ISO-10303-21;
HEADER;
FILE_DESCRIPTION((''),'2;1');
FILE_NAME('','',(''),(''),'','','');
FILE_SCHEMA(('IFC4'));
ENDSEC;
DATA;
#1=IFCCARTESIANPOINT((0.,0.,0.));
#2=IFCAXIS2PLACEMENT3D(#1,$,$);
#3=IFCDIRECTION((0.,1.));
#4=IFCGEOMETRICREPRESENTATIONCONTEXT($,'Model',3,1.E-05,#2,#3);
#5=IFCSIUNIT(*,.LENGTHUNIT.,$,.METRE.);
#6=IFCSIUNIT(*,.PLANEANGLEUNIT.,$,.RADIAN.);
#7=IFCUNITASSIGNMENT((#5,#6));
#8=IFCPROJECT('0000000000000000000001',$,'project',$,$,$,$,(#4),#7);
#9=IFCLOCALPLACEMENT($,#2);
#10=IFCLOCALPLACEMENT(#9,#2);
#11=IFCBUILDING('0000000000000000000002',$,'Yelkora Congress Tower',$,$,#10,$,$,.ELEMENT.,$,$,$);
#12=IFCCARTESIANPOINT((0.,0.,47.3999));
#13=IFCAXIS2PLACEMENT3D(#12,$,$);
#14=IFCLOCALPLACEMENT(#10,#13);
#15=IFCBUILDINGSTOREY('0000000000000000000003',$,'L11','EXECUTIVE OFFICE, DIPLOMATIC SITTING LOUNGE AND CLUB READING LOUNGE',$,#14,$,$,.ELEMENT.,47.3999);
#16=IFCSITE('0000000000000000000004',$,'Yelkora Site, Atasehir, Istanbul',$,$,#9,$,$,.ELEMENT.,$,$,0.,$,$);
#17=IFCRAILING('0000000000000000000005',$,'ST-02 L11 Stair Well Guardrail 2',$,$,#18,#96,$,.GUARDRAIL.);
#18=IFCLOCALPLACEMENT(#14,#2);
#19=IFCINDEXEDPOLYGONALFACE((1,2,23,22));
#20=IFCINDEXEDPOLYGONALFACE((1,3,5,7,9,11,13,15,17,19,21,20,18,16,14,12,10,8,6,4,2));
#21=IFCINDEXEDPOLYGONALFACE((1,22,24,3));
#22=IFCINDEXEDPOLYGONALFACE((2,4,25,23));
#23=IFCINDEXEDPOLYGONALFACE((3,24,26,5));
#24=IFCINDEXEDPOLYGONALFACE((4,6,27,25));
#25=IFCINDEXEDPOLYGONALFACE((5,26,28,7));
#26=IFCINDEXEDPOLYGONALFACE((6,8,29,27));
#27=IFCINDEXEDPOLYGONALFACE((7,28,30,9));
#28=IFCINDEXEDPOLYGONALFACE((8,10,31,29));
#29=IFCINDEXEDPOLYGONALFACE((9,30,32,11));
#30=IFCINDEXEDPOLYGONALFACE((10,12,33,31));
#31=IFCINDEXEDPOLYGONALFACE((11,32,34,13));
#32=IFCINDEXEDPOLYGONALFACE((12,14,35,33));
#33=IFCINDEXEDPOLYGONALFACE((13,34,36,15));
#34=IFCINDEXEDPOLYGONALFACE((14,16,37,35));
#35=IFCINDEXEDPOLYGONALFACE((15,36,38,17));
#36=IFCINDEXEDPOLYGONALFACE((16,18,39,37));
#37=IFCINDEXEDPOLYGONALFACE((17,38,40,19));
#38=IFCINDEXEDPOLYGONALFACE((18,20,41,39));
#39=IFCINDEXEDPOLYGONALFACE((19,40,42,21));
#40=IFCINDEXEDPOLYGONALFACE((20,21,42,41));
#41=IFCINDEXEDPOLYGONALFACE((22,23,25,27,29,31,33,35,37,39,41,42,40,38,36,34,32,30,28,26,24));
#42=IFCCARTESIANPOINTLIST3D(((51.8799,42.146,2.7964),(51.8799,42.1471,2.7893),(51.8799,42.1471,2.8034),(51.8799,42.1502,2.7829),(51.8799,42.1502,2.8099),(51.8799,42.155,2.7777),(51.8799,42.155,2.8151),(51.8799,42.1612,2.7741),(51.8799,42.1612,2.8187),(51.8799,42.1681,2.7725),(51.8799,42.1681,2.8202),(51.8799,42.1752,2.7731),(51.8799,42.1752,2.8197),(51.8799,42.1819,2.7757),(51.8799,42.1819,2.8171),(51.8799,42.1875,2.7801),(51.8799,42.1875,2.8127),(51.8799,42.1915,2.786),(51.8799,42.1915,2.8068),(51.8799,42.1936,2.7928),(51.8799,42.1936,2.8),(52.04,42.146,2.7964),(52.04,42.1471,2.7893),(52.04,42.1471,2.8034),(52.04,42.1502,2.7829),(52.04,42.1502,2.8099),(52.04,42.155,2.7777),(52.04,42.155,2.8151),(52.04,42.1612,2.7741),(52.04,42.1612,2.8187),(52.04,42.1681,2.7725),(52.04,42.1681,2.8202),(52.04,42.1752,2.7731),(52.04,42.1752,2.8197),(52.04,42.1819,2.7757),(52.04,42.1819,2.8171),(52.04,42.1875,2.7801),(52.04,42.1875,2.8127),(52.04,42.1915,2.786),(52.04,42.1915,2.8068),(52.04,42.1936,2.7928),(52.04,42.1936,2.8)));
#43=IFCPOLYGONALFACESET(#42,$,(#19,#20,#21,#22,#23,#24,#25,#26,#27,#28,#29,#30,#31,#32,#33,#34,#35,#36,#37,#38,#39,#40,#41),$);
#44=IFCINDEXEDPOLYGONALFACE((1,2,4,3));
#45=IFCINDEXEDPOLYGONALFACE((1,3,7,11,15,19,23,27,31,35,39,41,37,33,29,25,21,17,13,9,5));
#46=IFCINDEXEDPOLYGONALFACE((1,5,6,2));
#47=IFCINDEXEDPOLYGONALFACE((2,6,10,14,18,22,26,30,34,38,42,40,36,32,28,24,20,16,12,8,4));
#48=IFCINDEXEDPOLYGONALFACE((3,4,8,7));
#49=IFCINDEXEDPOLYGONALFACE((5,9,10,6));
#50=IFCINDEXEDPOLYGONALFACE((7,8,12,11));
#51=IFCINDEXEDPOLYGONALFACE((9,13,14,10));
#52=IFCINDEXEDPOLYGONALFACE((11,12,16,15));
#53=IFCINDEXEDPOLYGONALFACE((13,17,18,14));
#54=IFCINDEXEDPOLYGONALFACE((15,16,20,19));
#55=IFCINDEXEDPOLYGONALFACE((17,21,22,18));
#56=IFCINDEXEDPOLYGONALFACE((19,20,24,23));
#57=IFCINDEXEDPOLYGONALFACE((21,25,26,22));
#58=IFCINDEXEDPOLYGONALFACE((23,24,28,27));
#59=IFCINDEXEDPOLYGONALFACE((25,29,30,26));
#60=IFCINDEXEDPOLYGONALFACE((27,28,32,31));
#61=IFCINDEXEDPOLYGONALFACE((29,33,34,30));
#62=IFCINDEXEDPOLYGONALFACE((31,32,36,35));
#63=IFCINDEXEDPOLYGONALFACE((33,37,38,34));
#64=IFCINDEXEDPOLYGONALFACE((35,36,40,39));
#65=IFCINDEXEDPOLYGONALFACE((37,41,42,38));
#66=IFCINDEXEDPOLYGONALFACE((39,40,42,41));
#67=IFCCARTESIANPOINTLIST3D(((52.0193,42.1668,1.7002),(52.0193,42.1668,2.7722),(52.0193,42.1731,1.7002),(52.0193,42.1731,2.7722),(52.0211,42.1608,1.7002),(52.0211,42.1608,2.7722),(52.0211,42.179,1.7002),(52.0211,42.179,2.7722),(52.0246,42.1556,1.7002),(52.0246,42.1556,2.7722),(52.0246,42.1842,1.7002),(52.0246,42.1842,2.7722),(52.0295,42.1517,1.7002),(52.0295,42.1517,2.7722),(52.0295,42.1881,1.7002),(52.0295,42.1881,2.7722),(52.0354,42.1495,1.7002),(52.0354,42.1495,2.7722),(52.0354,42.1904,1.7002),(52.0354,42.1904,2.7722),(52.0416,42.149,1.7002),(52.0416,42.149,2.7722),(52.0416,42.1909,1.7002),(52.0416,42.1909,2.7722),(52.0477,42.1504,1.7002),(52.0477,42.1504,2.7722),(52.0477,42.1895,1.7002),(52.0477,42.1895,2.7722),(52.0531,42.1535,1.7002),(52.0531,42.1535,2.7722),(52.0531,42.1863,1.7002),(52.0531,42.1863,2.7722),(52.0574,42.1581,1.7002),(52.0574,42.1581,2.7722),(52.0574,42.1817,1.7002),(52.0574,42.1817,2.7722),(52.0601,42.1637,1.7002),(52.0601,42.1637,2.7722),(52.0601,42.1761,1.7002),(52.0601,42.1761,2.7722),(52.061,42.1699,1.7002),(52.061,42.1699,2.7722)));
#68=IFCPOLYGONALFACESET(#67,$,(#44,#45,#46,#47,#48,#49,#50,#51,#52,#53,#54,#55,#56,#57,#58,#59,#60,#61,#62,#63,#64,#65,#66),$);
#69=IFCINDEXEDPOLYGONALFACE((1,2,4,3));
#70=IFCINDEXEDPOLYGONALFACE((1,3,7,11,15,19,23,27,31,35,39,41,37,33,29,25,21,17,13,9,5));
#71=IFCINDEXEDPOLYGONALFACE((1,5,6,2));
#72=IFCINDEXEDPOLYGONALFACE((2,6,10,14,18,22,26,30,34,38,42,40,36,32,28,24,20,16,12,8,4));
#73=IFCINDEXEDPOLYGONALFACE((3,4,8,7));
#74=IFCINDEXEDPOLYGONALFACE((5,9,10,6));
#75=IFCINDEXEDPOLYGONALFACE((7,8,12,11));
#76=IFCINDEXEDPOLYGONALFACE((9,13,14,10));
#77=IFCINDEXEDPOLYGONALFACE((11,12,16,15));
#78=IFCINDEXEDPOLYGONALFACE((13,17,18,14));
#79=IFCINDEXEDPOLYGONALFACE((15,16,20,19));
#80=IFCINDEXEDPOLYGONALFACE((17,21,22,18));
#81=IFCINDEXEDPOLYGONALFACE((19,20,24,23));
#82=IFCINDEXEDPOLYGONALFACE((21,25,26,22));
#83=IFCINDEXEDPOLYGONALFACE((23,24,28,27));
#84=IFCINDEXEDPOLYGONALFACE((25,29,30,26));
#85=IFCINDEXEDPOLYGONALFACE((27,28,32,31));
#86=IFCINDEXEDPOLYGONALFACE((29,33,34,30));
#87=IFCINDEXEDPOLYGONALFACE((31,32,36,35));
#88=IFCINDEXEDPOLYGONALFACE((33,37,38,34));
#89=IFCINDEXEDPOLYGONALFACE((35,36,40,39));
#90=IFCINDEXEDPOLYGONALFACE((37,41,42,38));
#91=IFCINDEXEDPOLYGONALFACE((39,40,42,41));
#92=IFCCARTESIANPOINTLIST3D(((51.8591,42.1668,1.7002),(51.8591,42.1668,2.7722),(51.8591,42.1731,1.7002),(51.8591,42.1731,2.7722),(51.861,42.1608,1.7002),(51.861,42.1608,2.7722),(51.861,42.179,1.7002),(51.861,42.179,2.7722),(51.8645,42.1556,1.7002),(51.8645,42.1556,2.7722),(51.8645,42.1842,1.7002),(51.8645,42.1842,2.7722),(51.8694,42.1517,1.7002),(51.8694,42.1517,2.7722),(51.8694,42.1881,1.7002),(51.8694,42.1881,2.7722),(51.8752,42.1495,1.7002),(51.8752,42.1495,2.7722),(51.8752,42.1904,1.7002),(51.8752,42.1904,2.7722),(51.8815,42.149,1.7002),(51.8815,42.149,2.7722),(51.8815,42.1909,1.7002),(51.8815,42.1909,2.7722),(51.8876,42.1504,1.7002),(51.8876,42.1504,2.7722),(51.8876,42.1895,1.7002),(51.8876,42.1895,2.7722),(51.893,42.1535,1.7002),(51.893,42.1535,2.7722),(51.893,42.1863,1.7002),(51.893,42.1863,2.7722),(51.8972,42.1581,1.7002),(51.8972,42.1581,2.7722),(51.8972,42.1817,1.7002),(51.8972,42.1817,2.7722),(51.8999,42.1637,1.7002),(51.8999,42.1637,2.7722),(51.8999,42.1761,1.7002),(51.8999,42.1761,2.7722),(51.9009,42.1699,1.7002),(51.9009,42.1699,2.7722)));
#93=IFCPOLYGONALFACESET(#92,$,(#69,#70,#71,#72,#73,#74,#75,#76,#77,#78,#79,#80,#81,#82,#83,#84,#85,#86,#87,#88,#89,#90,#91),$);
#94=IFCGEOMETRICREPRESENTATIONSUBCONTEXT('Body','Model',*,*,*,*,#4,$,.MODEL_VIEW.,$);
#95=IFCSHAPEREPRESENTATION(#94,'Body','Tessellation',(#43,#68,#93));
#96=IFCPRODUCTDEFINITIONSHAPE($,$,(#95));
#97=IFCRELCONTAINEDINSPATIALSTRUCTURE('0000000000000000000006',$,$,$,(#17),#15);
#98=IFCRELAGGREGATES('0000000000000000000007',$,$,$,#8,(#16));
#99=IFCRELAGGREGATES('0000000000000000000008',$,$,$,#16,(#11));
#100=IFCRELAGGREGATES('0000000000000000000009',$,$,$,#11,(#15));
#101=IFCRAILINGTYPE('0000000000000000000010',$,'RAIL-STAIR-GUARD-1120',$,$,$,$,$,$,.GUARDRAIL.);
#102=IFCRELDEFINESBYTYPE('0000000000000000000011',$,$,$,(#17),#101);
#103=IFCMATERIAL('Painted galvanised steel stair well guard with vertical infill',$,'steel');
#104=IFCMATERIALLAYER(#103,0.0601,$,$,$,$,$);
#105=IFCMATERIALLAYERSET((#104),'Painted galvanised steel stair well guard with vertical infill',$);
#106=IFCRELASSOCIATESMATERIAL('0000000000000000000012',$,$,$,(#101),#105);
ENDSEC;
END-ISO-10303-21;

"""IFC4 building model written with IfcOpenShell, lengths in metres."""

from ifc_helpers import new_model, si_unit, direction, frame, origin, origin_2d, place, context, subcontext, project, spatial, circle, extrude, material, layer, layer_set, type_object, element, save


model = new_model("IFC4")

# Units and contexts
model_context = context("Model", 3, precision=1e-05, world=origin(), true_north=direction((0.0, 1.0)))
body_context = subcontext(model_context, "Body", "Model", "MODEL_VIEW")
ifc_project = project(units=[si_unit("LENGTHUNIT", "METRE"), si_unit("PLANEANGLEUNIT", "RADIAN")], contexts=[model_context])

# Site, building, storey
site_placement = place(None, origin())
site = spatial("IfcSite", under=ifc_project, at=site_placement, Name="Yelkora Site, Atasehir, Istanbul", CompositionType="ELEMENT", RefElevation=0.0)
building_placement = place(site_placement, origin())
building = spatial("IfcBuilding", under=site, at=building_placement, Name="Yelkora Congress Tower", CompositionType="ELEMENT")
storey_placement = place(building_placement, frame((0.0, 0.0, 47.3999)))
storey = spatial("IfcBuildingStorey", under=building, at=storey_placement, Name="L11", Description="EXECUTIVE OFFICE, DIPLOMATIC SITTING LOUNGE AND CLUB READING LOUNGE", CompositionType="ELEMENT", Elevation=47.3999)

# Railing
ifc_material_1 = material(Name="Painted galvanised steel stair well guard with vertical infill", Category="steel")
ifc_layer_1 = layer(ifc_material_1, 0.0601)
ifc_layer_set_1 = layer_set([ifc_layer_1], Name="Painted galvanised steel stair well guard with vertical infill")
railing_type_1 = type_object("IfcRailingType", Name="RAIL-STAIR-GUARD-1120", PredefinedType="GUARDRAIL", material=ifc_layer_set_1)
railing_1_placement = place(storey_placement, frame((52.04, 42.1699, 1.7002)))
element("IfcRailing", 1, at=railing_1_placement, inside=storey, type_object=railing_type_1, Name="ST-02 L11 Stair Well Guardrail 2", PredefinedType="GUARDRAIL", context=body_context, shape_type="SweptSolid", body=[
    extrude(circle(Radius=0.0239, at=origin_2d()), frame((0.0, 0.0, 1.0962), z_axis=(-1.0, 0.0, 0.0), x_axis=(0.0, -1.0, 0.0)), (0.0, 0.0, 1.0), 0.1602),
    extrude(circle(Radius=0.021, at=origin_2d()), origin(), (0.0, 0.0, 1.0), 1.072),
    extrude(circle(Radius=0.021, at=origin_2d()), frame((-0.1602, 0.0, 0.0)), (0.0, 0.0, 1.0), 1.072),
])

save(model, "model.ifc")
